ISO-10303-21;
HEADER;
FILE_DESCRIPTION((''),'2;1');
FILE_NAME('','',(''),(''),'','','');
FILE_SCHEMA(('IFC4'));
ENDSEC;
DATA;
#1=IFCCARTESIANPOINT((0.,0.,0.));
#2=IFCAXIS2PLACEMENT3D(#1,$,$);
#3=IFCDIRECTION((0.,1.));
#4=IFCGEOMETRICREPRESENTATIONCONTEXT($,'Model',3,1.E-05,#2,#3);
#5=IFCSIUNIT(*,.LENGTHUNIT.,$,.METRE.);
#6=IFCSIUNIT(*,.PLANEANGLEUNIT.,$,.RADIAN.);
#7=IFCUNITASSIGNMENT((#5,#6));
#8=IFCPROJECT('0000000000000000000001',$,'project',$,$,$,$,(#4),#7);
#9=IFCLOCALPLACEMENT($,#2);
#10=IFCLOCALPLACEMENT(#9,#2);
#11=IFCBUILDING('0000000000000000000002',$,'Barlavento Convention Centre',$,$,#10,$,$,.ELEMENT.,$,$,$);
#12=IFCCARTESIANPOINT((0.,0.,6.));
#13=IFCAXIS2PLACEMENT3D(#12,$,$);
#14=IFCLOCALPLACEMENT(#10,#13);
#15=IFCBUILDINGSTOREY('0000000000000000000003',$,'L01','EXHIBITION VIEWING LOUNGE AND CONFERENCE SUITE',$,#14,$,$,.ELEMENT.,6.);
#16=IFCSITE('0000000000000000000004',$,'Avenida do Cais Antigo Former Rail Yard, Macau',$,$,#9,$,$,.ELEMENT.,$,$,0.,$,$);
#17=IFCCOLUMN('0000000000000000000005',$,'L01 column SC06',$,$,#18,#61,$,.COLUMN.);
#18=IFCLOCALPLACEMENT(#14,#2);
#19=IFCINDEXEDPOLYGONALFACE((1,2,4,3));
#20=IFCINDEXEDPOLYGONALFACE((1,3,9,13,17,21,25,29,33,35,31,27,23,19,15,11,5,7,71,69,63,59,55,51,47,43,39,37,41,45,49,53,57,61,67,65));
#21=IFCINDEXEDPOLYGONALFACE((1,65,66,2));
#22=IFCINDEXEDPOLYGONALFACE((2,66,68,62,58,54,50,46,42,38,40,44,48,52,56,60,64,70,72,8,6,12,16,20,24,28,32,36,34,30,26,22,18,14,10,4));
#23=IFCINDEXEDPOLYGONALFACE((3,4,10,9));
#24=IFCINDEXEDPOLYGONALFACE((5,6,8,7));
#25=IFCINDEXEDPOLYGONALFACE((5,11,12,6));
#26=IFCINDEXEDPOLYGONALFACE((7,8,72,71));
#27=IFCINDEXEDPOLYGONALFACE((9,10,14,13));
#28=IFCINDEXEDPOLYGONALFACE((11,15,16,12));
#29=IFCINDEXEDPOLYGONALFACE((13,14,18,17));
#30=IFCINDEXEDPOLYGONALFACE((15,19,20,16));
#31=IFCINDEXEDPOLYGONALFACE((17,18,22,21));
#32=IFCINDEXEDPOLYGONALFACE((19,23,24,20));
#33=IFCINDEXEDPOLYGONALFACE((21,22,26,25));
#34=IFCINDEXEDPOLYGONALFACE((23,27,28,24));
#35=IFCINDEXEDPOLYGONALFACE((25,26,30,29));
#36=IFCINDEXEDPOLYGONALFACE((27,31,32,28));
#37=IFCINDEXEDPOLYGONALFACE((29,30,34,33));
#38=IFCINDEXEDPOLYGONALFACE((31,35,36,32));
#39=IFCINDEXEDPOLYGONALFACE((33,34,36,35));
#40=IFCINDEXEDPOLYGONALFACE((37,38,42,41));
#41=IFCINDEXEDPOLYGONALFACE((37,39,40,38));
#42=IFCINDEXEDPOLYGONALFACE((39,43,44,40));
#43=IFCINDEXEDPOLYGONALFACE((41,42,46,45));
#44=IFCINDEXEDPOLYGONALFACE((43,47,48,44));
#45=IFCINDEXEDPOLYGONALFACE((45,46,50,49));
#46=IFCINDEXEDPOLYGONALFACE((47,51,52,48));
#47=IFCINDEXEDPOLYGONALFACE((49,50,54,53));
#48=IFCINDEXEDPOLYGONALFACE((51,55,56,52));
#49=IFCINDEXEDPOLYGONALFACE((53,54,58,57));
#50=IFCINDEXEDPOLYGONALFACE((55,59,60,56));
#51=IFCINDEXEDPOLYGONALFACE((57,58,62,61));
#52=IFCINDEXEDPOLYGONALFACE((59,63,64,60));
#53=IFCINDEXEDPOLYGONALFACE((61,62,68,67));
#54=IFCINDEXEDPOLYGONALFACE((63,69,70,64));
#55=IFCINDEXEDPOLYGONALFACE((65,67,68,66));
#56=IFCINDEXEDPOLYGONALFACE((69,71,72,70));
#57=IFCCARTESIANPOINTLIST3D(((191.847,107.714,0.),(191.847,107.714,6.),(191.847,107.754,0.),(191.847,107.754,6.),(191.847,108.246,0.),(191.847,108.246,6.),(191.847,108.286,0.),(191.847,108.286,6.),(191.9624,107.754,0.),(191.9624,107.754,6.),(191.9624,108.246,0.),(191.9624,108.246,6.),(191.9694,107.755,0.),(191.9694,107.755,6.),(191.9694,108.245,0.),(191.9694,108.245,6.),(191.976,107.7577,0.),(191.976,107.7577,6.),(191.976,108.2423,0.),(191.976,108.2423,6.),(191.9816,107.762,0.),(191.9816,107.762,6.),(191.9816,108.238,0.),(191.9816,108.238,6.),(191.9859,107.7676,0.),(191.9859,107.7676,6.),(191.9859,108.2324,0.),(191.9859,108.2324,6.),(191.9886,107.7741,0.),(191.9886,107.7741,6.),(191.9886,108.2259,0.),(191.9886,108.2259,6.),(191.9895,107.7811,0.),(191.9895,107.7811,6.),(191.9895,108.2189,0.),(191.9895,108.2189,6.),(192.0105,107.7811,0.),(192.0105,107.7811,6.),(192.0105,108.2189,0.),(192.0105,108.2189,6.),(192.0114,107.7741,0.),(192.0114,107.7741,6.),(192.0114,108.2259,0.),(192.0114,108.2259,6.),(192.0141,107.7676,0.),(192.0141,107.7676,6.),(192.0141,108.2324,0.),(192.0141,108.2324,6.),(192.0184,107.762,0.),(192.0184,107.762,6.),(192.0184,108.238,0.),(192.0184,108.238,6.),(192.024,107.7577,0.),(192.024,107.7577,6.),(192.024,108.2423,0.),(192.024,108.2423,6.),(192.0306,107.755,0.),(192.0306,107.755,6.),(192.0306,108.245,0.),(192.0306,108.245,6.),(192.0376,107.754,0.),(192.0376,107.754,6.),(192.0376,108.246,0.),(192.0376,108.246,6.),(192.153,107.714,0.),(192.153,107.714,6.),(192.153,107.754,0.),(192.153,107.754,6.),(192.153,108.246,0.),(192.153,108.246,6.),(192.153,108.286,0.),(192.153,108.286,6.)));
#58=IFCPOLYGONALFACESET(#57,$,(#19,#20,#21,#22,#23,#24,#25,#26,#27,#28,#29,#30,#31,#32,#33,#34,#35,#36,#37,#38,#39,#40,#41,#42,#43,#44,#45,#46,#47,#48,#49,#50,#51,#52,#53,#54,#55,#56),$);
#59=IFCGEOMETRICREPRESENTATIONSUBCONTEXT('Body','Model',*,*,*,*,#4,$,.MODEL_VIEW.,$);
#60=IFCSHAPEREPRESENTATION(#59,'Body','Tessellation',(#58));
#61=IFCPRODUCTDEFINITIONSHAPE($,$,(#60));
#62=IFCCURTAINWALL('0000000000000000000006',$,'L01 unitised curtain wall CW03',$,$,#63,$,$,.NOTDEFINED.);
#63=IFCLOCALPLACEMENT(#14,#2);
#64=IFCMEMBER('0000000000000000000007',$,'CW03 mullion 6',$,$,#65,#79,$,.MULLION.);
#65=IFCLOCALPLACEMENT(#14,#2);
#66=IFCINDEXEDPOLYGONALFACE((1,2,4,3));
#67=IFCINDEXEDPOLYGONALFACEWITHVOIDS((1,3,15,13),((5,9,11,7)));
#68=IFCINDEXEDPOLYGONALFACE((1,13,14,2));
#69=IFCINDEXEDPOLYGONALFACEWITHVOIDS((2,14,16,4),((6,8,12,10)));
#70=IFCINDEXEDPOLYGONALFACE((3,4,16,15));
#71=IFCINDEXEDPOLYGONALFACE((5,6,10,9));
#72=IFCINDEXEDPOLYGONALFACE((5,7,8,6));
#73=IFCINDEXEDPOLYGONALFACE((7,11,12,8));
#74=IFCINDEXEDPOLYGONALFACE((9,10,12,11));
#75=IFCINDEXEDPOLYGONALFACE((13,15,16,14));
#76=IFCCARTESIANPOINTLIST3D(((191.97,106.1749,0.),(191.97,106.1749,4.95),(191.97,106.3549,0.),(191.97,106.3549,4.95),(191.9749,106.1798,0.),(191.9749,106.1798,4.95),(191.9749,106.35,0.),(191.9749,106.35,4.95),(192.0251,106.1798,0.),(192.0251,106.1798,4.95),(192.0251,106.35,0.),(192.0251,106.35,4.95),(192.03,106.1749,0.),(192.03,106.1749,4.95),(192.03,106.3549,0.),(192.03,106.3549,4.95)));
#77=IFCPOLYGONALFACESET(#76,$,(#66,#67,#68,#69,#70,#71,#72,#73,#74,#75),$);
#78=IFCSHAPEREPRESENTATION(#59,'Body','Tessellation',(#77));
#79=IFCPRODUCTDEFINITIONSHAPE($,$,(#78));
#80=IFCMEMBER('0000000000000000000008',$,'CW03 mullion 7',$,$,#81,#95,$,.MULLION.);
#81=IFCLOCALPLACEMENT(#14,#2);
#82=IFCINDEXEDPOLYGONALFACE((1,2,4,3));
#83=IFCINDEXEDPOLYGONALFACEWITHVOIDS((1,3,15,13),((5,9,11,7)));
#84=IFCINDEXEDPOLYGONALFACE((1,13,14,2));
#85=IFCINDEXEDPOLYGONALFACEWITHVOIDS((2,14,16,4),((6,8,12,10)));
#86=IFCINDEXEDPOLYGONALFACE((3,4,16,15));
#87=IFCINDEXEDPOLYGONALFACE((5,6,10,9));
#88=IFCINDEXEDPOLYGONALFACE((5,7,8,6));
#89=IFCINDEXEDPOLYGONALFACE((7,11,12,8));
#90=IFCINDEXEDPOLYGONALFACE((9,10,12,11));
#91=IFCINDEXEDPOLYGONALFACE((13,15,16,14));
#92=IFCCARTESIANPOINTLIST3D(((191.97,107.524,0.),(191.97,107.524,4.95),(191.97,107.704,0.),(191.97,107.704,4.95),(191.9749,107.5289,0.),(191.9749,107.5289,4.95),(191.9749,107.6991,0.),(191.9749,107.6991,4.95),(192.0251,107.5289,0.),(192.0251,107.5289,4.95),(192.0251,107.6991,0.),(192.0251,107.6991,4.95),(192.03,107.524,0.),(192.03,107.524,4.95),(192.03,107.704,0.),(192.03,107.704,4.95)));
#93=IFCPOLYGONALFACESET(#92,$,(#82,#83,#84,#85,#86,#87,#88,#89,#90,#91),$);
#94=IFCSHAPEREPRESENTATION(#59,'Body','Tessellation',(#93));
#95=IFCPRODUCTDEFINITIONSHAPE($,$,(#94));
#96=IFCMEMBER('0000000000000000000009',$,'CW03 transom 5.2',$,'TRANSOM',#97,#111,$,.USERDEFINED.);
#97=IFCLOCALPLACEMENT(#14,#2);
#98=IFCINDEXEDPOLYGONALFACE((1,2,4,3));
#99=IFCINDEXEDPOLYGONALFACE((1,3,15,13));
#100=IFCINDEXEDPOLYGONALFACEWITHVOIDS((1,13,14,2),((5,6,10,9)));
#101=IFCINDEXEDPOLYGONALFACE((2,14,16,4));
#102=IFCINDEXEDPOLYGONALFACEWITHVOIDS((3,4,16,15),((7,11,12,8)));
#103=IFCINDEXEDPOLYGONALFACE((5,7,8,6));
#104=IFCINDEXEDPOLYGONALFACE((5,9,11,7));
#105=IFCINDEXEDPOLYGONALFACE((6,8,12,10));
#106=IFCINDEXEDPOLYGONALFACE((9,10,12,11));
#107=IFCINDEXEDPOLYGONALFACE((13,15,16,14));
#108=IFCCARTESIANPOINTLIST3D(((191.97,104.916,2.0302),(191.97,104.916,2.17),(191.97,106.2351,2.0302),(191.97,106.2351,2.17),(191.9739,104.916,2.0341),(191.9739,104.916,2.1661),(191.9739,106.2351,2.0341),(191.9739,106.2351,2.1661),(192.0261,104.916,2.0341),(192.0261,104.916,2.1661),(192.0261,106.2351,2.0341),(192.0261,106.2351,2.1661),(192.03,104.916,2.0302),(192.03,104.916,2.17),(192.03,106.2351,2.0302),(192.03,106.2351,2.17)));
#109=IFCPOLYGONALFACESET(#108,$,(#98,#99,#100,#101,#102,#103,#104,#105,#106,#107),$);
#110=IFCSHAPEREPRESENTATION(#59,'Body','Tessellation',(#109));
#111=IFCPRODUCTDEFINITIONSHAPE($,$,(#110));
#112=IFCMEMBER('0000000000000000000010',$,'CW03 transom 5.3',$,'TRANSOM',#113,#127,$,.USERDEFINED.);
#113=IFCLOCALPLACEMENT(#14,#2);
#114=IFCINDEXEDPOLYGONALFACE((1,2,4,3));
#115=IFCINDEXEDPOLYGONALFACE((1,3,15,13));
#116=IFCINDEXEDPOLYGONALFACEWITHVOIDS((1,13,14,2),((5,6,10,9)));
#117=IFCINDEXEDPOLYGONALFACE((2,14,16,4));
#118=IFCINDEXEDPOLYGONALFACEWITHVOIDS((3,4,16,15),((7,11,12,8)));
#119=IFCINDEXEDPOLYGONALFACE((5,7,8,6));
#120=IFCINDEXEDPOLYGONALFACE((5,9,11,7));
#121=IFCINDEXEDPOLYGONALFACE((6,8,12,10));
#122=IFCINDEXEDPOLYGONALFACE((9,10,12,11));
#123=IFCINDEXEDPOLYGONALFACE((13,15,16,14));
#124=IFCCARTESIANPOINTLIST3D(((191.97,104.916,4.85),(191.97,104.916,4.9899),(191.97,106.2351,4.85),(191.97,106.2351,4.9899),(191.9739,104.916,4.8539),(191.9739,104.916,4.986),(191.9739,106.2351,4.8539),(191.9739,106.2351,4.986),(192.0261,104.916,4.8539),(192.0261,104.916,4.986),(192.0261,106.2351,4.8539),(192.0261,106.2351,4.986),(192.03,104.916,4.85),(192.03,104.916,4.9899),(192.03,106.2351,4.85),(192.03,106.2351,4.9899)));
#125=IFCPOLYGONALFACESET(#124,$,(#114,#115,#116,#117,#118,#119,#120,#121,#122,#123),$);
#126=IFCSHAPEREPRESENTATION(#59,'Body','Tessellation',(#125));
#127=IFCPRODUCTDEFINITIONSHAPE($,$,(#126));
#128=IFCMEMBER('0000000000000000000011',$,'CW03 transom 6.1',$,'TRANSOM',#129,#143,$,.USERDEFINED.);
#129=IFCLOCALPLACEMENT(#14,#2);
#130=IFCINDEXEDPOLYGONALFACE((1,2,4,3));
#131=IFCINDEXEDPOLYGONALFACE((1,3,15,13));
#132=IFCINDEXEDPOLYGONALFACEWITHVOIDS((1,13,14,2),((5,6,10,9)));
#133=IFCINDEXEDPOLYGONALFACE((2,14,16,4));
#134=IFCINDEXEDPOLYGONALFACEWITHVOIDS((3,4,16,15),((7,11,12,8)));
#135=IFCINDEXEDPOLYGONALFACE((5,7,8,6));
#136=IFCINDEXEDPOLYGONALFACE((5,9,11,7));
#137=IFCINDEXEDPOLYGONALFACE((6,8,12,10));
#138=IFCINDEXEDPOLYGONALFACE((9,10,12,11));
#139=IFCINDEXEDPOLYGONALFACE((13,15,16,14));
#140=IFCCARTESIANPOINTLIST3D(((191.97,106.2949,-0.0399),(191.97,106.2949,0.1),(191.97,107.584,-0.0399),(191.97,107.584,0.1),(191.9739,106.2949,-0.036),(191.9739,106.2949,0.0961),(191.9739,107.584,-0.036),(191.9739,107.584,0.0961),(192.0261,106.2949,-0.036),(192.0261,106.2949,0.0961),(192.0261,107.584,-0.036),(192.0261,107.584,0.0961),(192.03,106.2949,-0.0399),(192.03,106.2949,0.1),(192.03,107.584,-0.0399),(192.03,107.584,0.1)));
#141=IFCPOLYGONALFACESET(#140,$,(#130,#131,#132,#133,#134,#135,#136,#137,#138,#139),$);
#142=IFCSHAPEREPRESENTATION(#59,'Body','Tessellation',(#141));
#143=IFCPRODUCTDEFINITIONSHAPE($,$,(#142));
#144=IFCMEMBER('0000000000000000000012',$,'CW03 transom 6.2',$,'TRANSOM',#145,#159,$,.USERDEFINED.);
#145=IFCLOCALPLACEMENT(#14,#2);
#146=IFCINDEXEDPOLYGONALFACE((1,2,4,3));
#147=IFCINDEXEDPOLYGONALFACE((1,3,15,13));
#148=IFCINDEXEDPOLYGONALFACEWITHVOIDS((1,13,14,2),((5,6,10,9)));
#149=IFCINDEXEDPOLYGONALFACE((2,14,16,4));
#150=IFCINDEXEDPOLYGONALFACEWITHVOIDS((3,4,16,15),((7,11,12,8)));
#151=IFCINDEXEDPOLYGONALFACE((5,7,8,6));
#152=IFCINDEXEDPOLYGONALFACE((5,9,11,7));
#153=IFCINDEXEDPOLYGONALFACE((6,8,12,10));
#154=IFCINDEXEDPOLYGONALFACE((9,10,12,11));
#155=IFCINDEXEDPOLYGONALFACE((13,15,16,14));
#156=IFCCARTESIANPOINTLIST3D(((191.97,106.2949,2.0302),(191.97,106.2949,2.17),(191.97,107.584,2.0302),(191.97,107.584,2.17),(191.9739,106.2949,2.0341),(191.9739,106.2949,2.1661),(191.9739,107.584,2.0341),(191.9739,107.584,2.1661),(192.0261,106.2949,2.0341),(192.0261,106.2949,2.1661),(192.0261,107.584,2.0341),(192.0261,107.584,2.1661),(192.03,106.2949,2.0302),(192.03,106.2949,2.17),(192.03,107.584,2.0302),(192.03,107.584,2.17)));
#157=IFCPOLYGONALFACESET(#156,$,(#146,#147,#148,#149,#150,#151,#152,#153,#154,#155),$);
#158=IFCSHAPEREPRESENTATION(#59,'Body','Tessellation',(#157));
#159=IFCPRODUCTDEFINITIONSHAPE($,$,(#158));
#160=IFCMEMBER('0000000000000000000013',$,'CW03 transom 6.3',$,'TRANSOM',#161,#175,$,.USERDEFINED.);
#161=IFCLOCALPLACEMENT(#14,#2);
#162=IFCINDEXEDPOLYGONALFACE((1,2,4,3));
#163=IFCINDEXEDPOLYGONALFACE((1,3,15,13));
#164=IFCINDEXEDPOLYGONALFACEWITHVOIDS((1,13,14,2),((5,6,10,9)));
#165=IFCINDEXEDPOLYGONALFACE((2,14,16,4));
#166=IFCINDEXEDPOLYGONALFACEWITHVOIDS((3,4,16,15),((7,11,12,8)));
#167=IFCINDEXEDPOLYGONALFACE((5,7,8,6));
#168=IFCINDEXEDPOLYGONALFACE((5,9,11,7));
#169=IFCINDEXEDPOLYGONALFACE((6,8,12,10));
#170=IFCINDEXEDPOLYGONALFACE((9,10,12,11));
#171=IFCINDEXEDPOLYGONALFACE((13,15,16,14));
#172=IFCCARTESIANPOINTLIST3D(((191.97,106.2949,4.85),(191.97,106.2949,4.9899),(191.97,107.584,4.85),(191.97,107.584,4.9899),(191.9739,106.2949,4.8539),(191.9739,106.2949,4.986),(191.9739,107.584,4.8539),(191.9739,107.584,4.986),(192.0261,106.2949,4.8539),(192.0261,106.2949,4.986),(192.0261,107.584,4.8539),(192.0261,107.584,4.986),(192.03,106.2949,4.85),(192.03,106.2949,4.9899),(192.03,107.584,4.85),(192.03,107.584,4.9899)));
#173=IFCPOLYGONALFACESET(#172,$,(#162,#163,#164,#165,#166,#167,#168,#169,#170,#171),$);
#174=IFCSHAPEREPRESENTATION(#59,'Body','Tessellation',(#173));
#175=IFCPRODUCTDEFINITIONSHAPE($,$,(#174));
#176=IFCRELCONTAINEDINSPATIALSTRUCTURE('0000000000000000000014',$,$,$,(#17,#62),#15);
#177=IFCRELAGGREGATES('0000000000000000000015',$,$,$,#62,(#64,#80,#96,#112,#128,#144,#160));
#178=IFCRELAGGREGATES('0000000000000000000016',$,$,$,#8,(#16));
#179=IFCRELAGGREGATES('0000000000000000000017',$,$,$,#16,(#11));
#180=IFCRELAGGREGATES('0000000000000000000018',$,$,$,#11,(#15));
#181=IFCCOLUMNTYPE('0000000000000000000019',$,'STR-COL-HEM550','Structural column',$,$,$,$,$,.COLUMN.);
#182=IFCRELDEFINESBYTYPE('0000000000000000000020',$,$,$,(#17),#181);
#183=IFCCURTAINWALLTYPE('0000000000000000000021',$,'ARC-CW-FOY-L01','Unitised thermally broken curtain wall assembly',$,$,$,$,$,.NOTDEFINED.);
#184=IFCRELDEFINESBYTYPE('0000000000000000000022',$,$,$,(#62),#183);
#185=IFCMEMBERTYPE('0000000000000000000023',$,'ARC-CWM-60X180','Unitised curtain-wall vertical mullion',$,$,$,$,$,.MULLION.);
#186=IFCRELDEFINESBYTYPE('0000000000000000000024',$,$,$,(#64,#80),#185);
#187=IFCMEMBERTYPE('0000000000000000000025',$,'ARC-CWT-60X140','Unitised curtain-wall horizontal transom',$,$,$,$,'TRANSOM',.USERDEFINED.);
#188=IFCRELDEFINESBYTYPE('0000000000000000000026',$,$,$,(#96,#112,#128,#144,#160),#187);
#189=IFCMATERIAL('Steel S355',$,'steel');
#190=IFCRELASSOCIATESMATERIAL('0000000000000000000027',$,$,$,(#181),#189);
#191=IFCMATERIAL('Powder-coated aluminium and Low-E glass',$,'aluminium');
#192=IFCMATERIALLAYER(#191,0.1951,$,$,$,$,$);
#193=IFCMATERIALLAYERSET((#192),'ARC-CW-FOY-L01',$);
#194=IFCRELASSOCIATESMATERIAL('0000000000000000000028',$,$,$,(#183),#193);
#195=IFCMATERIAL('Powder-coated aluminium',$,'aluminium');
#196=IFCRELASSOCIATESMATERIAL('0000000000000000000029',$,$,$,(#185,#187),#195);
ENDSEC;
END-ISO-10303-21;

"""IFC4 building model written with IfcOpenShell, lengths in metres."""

from ifc_helpers import new_model, si_unit, direction, frame, origin, origin_2d, place, context, subcontext, project, spatial, hollow_rectangle, i_section, extrude, material, layer, layer_set, material_profile, profile_set, type_object, element, aggregate, save


model = new_model("IFC4")

# Units and contexts
model_context = context("Model", 3, precision=1e-05, world=origin(), true_north=direction((0.0, 1.0)))
body_context = subcontext(model_context, "Body", "Model", "MODEL_VIEW")
ifc_project = project(units=[si_unit("LENGTHUNIT", "METRE"), si_unit("PLANEANGLEUNIT", "RADIAN")], contexts=[model_context])

# Site, building, storey
site_placement = place(None, origin())
site = spatial("IfcSite", under=ifc_project, at=site_placement, Name="Avenida do Cais Antigo Former Rail Yard, Macau", CompositionType="ELEMENT", RefElevation=0.0)
building_placement = place(site_placement, origin())
building = spatial("IfcBuilding", under=site, at=building_placement, Name="Barlavento Convention Centre", CompositionType="ELEMENT")
storey_placement = place(building_placement, frame((0.0, 0.0, 6.0)))
storey = spatial("IfcBuildingStorey", under=building, at=storey_placement, Name="L01", Description="EXHIBITION VIEWING LOUNGE AND CONFERENCE SUITE", CompositionType="ELEMENT", Elevation=6.0)

# Column
ifc_material_1 = material(Name="Steel S355", Category="steel")
ifc_material_profile_1 = material_profile(ifc_material_1, i_section(OverallWidth=0.3059, OverallDepth=0.572, WebThickness=0.021, FlangeThickness=0.04, FilletRadius=0.0271, at=origin_2d()), Name="HEM 550")
ifc_profile_set_1 = profile_set([ifc_material_profile_1], Name="Steel S355")
column_type = type_object("IfcColumnType", Name="STR-COL-HEM550", Description="Structural column", PredefinedType="COLUMN", material=ifc_profile_set_1)
column_placement = place(storey_placement, frame((192.0, 108.0, 0.0), z_axis=(0.0, 0.0, 1.0), x_axis=(1.0, 0.0, 0.0)))
element("IfcColumn", 1, at=column_placement, inside=storey, type_object=column_type, Name="L01 column SC06", PredefinedType="COLUMN", context=body_context, shape_type="SweptSolid", body=[
    extrude(i_section(OverallWidth=0.3059, OverallDepth=0.572, WebThickness=0.021, FlangeThickness=0.04, FilletRadius=0.0271, at=origin_2d()), origin(), (0.0, 0.0, 1.0), 6.0),
])

# Curtain wall, members
ifc_material_2 = material(Name="Powder-coated aluminium and Low-E glass", Category="aluminium")
ifc_layer_1 = layer(ifc_material_2, 0.1951)
ifc_layer_set_1 = layer_set([ifc_layer_1], Name="ARC-CW-FOY-L01")
curtain_wall_type = type_object("IfcCurtainWallType", Name="ARC-CW-FOY-L01", Description="Unitised thermally broken curtain wall assembly", PredefinedType="NOTDEFINED", material=ifc_layer_set_1)
curtain_wall_placement = place(storey_placement, origin())
curtain_wall = element("IfcCurtainWall", 2, at=curtain_wall_placement, inside=storey, type_object=curtain_wall_type, Name="L01 unitised curtain wall CW03", PredefinedType="NOTDEFINED")
ifc_material_3 = material(Name="Powder-coated aluminium", Category="aluminium")
ifc_material_profile_2 = material_profile(ifc_material_3, hollow_rectangle(XDim=0.0601, YDim=0.1799, WallThickness=0.0049, at=origin_2d()), Name="AL-MULL 60x180x5")
ifc_profile_set_2 = profile_set([ifc_material_profile_2], Name="Powder-coated aluminium")
member_type_1 = type_object("IfcMemberType", Name="ARC-CWM-60X180", Description="Unitised curtain-wall vertical mullion", PredefinedType="MULLION", material=ifc_profile_set_2)
member_1_placement = place(storey_placement, frame((192.0, 106.2649, 0.0), z_axis=(0.0, 0.0, 1.0), x_axis=(-1.0, 0.0, 0.0)))
member_1 = element("IfcMember", 3, at=member_1_placement, type_object=member_type_1, Name="CW03 mullion 6", PredefinedType="MULLION", context=body_context, shape_type="SweptSolid", body=[
    extrude(hollow_rectangle(XDim=0.0601, YDim=0.1799, WallThickness=0.0049, at=origin_2d()), origin(), (0.0, 0.0, 1.0), 4.95),
])
member_2_placement = place(storey_placement, frame((192.0, 107.614, 0.0), z_axis=(0.0, 0.0, 1.0), x_axis=(-1.0, 0.0, 0.0)))
member_2 = element("IfcMember", 4, at=member_2_placement, type_object=member_type_1, Name="CW03 mullion 7", PredefinedType="MULLION", context=body_context, shape_type="SweptSolid", body=[
    extrude(hollow_rectangle(XDim=0.0601, YDim=0.1799, WallThickness=0.0049, at=origin_2d()), origin(), (0.0, 0.0, 1.0), 4.95),
])
ifc_material_profile_3 = material_profile(ifc_material_3, hollow_rectangle(XDim=0.0601, YDim=0.1399, WallThickness=0.0039, at=origin_2d()), Name="AL-TRAN 60x140x4")
ifc_profile_set_3 = profile_set([ifc_material_profile_3], Name="Powder-coated aluminium")
member_type_2 = type_object("IfcMemberType", Name="ARC-CWT-60X140", Description="Unitised curtain-wall horizontal transom", ElementType="TRANSOM", PredefinedType="USERDEFINED", material=ifc_profile_set_3)
member_3_placement = place(storey_placement, frame((192.0, 104.916, 2.1001), z_axis=(0.0, 1.0, 0.0), x_axis=(-1.0, 0.0, 0.0)))
member_3 = element("IfcMember", 5, at=member_3_placement, type_object=member_type_2, Name="CW03 transom 5.2", ObjectType="TRANSOM", PredefinedType="USERDEFINED", context=body_context, shape_type="SweptSolid", body=[
    extrude(hollow_rectangle(XDim=0.0601, YDim=0.1399, WallThickness=0.0039, at=origin_2d()), origin(), (0.0, 0.0, 1.0), 1.3191),
])
member_4_placement = place(storey_placement, frame((192.0, 104.916, 4.9199), z_axis=(0.0, 1.0, 0.0), x_axis=(-1.0, 0.0, 0.0)))
member_4 = element("IfcMember", 6, at=member_4_placement, type_object=member_type_2, Name="CW03 transom 5.3", ObjectType="TRANSOM", PredefinedType="USERDEFINED", context=body_context, shape_type="SweptSolid", body=[
    extrude(hollow_rectangle(XDim=0.0601, YDim=0.1399, WallThickness=0.0039, at=origin_2d()), origin(), (0.0, 0.0, 1.0), 1.3191),
])
member_5_placement = place(storey_placement, frame((192.0, 106.2949, 0.03), z_axis=(0.0, 1.0, 0.0), x_axis=(-1.0, 0.0, 0.0)))
member_5 = element("IfcMember", 7, at=member_5_placement, type_object=member_type_2, Name="CW03 transom 6.1", ObjectType="TRANSOM", PredefinedType="USERDEFINED", context=body_context, shape_type="SweptSolid", body=[
    extrude(hollow_rectangle(XDim=0.0601, YDim=0.1399, WallThickness=0.0039, at=origin_2d()), origin(), (0.0, 0.0, 1.0), 1.2891),
])
member_6_placement = place(storey_placement, frame((192.0, 106.2949, 2.1001), z_axis=(0.0, 1.0, 0.0), x_axis=(-1.0, 0.0, 0.0)))
member_6 = element("IfcMember", 8, at=member_6_placement, type_object=member_type_2, Name="CW03 transom 6.2", ObjectType="TRANSOM", PredefinedType="USERDEFINED", context=body_context, shape_type="SweptSolid", body=[
    extrude(hollow_rectangle(XDim=0.0601, YDim=0.1399, WallThickness=0.0039, at=origin_2d()), origin(), (0.0, 0.0, 1.0), 1.2891),
])
member_7_placement = place(storey_placement, frame((192.0, 106.2949, 4.9199), z_axis=(0.0, 1.0, 0.0), x_axis=(-1.0, 0.0, 0.0)))
member_7 = element("IfcMember", 9, at=member_7_placement, type_object=member_type_2, Name="CW03 transom 6.3", ObjectType="TRANSOM", PredefinedType="USERDEFINED", context=body_context, shape_type="SweptSolid", body=[
    extrude(hollow_rectangle(XDim=0.0601, YDim=0.1399, WallThickness=0.0039, at=origin_2d()), origin(), (0.0, 0.0, 1.0), 1.2891),
])

aggregate(curtain_wall, [member_1, member_2, member_3, member_4, member_5, member_6, member_7])

save(model, "model.ifc")
